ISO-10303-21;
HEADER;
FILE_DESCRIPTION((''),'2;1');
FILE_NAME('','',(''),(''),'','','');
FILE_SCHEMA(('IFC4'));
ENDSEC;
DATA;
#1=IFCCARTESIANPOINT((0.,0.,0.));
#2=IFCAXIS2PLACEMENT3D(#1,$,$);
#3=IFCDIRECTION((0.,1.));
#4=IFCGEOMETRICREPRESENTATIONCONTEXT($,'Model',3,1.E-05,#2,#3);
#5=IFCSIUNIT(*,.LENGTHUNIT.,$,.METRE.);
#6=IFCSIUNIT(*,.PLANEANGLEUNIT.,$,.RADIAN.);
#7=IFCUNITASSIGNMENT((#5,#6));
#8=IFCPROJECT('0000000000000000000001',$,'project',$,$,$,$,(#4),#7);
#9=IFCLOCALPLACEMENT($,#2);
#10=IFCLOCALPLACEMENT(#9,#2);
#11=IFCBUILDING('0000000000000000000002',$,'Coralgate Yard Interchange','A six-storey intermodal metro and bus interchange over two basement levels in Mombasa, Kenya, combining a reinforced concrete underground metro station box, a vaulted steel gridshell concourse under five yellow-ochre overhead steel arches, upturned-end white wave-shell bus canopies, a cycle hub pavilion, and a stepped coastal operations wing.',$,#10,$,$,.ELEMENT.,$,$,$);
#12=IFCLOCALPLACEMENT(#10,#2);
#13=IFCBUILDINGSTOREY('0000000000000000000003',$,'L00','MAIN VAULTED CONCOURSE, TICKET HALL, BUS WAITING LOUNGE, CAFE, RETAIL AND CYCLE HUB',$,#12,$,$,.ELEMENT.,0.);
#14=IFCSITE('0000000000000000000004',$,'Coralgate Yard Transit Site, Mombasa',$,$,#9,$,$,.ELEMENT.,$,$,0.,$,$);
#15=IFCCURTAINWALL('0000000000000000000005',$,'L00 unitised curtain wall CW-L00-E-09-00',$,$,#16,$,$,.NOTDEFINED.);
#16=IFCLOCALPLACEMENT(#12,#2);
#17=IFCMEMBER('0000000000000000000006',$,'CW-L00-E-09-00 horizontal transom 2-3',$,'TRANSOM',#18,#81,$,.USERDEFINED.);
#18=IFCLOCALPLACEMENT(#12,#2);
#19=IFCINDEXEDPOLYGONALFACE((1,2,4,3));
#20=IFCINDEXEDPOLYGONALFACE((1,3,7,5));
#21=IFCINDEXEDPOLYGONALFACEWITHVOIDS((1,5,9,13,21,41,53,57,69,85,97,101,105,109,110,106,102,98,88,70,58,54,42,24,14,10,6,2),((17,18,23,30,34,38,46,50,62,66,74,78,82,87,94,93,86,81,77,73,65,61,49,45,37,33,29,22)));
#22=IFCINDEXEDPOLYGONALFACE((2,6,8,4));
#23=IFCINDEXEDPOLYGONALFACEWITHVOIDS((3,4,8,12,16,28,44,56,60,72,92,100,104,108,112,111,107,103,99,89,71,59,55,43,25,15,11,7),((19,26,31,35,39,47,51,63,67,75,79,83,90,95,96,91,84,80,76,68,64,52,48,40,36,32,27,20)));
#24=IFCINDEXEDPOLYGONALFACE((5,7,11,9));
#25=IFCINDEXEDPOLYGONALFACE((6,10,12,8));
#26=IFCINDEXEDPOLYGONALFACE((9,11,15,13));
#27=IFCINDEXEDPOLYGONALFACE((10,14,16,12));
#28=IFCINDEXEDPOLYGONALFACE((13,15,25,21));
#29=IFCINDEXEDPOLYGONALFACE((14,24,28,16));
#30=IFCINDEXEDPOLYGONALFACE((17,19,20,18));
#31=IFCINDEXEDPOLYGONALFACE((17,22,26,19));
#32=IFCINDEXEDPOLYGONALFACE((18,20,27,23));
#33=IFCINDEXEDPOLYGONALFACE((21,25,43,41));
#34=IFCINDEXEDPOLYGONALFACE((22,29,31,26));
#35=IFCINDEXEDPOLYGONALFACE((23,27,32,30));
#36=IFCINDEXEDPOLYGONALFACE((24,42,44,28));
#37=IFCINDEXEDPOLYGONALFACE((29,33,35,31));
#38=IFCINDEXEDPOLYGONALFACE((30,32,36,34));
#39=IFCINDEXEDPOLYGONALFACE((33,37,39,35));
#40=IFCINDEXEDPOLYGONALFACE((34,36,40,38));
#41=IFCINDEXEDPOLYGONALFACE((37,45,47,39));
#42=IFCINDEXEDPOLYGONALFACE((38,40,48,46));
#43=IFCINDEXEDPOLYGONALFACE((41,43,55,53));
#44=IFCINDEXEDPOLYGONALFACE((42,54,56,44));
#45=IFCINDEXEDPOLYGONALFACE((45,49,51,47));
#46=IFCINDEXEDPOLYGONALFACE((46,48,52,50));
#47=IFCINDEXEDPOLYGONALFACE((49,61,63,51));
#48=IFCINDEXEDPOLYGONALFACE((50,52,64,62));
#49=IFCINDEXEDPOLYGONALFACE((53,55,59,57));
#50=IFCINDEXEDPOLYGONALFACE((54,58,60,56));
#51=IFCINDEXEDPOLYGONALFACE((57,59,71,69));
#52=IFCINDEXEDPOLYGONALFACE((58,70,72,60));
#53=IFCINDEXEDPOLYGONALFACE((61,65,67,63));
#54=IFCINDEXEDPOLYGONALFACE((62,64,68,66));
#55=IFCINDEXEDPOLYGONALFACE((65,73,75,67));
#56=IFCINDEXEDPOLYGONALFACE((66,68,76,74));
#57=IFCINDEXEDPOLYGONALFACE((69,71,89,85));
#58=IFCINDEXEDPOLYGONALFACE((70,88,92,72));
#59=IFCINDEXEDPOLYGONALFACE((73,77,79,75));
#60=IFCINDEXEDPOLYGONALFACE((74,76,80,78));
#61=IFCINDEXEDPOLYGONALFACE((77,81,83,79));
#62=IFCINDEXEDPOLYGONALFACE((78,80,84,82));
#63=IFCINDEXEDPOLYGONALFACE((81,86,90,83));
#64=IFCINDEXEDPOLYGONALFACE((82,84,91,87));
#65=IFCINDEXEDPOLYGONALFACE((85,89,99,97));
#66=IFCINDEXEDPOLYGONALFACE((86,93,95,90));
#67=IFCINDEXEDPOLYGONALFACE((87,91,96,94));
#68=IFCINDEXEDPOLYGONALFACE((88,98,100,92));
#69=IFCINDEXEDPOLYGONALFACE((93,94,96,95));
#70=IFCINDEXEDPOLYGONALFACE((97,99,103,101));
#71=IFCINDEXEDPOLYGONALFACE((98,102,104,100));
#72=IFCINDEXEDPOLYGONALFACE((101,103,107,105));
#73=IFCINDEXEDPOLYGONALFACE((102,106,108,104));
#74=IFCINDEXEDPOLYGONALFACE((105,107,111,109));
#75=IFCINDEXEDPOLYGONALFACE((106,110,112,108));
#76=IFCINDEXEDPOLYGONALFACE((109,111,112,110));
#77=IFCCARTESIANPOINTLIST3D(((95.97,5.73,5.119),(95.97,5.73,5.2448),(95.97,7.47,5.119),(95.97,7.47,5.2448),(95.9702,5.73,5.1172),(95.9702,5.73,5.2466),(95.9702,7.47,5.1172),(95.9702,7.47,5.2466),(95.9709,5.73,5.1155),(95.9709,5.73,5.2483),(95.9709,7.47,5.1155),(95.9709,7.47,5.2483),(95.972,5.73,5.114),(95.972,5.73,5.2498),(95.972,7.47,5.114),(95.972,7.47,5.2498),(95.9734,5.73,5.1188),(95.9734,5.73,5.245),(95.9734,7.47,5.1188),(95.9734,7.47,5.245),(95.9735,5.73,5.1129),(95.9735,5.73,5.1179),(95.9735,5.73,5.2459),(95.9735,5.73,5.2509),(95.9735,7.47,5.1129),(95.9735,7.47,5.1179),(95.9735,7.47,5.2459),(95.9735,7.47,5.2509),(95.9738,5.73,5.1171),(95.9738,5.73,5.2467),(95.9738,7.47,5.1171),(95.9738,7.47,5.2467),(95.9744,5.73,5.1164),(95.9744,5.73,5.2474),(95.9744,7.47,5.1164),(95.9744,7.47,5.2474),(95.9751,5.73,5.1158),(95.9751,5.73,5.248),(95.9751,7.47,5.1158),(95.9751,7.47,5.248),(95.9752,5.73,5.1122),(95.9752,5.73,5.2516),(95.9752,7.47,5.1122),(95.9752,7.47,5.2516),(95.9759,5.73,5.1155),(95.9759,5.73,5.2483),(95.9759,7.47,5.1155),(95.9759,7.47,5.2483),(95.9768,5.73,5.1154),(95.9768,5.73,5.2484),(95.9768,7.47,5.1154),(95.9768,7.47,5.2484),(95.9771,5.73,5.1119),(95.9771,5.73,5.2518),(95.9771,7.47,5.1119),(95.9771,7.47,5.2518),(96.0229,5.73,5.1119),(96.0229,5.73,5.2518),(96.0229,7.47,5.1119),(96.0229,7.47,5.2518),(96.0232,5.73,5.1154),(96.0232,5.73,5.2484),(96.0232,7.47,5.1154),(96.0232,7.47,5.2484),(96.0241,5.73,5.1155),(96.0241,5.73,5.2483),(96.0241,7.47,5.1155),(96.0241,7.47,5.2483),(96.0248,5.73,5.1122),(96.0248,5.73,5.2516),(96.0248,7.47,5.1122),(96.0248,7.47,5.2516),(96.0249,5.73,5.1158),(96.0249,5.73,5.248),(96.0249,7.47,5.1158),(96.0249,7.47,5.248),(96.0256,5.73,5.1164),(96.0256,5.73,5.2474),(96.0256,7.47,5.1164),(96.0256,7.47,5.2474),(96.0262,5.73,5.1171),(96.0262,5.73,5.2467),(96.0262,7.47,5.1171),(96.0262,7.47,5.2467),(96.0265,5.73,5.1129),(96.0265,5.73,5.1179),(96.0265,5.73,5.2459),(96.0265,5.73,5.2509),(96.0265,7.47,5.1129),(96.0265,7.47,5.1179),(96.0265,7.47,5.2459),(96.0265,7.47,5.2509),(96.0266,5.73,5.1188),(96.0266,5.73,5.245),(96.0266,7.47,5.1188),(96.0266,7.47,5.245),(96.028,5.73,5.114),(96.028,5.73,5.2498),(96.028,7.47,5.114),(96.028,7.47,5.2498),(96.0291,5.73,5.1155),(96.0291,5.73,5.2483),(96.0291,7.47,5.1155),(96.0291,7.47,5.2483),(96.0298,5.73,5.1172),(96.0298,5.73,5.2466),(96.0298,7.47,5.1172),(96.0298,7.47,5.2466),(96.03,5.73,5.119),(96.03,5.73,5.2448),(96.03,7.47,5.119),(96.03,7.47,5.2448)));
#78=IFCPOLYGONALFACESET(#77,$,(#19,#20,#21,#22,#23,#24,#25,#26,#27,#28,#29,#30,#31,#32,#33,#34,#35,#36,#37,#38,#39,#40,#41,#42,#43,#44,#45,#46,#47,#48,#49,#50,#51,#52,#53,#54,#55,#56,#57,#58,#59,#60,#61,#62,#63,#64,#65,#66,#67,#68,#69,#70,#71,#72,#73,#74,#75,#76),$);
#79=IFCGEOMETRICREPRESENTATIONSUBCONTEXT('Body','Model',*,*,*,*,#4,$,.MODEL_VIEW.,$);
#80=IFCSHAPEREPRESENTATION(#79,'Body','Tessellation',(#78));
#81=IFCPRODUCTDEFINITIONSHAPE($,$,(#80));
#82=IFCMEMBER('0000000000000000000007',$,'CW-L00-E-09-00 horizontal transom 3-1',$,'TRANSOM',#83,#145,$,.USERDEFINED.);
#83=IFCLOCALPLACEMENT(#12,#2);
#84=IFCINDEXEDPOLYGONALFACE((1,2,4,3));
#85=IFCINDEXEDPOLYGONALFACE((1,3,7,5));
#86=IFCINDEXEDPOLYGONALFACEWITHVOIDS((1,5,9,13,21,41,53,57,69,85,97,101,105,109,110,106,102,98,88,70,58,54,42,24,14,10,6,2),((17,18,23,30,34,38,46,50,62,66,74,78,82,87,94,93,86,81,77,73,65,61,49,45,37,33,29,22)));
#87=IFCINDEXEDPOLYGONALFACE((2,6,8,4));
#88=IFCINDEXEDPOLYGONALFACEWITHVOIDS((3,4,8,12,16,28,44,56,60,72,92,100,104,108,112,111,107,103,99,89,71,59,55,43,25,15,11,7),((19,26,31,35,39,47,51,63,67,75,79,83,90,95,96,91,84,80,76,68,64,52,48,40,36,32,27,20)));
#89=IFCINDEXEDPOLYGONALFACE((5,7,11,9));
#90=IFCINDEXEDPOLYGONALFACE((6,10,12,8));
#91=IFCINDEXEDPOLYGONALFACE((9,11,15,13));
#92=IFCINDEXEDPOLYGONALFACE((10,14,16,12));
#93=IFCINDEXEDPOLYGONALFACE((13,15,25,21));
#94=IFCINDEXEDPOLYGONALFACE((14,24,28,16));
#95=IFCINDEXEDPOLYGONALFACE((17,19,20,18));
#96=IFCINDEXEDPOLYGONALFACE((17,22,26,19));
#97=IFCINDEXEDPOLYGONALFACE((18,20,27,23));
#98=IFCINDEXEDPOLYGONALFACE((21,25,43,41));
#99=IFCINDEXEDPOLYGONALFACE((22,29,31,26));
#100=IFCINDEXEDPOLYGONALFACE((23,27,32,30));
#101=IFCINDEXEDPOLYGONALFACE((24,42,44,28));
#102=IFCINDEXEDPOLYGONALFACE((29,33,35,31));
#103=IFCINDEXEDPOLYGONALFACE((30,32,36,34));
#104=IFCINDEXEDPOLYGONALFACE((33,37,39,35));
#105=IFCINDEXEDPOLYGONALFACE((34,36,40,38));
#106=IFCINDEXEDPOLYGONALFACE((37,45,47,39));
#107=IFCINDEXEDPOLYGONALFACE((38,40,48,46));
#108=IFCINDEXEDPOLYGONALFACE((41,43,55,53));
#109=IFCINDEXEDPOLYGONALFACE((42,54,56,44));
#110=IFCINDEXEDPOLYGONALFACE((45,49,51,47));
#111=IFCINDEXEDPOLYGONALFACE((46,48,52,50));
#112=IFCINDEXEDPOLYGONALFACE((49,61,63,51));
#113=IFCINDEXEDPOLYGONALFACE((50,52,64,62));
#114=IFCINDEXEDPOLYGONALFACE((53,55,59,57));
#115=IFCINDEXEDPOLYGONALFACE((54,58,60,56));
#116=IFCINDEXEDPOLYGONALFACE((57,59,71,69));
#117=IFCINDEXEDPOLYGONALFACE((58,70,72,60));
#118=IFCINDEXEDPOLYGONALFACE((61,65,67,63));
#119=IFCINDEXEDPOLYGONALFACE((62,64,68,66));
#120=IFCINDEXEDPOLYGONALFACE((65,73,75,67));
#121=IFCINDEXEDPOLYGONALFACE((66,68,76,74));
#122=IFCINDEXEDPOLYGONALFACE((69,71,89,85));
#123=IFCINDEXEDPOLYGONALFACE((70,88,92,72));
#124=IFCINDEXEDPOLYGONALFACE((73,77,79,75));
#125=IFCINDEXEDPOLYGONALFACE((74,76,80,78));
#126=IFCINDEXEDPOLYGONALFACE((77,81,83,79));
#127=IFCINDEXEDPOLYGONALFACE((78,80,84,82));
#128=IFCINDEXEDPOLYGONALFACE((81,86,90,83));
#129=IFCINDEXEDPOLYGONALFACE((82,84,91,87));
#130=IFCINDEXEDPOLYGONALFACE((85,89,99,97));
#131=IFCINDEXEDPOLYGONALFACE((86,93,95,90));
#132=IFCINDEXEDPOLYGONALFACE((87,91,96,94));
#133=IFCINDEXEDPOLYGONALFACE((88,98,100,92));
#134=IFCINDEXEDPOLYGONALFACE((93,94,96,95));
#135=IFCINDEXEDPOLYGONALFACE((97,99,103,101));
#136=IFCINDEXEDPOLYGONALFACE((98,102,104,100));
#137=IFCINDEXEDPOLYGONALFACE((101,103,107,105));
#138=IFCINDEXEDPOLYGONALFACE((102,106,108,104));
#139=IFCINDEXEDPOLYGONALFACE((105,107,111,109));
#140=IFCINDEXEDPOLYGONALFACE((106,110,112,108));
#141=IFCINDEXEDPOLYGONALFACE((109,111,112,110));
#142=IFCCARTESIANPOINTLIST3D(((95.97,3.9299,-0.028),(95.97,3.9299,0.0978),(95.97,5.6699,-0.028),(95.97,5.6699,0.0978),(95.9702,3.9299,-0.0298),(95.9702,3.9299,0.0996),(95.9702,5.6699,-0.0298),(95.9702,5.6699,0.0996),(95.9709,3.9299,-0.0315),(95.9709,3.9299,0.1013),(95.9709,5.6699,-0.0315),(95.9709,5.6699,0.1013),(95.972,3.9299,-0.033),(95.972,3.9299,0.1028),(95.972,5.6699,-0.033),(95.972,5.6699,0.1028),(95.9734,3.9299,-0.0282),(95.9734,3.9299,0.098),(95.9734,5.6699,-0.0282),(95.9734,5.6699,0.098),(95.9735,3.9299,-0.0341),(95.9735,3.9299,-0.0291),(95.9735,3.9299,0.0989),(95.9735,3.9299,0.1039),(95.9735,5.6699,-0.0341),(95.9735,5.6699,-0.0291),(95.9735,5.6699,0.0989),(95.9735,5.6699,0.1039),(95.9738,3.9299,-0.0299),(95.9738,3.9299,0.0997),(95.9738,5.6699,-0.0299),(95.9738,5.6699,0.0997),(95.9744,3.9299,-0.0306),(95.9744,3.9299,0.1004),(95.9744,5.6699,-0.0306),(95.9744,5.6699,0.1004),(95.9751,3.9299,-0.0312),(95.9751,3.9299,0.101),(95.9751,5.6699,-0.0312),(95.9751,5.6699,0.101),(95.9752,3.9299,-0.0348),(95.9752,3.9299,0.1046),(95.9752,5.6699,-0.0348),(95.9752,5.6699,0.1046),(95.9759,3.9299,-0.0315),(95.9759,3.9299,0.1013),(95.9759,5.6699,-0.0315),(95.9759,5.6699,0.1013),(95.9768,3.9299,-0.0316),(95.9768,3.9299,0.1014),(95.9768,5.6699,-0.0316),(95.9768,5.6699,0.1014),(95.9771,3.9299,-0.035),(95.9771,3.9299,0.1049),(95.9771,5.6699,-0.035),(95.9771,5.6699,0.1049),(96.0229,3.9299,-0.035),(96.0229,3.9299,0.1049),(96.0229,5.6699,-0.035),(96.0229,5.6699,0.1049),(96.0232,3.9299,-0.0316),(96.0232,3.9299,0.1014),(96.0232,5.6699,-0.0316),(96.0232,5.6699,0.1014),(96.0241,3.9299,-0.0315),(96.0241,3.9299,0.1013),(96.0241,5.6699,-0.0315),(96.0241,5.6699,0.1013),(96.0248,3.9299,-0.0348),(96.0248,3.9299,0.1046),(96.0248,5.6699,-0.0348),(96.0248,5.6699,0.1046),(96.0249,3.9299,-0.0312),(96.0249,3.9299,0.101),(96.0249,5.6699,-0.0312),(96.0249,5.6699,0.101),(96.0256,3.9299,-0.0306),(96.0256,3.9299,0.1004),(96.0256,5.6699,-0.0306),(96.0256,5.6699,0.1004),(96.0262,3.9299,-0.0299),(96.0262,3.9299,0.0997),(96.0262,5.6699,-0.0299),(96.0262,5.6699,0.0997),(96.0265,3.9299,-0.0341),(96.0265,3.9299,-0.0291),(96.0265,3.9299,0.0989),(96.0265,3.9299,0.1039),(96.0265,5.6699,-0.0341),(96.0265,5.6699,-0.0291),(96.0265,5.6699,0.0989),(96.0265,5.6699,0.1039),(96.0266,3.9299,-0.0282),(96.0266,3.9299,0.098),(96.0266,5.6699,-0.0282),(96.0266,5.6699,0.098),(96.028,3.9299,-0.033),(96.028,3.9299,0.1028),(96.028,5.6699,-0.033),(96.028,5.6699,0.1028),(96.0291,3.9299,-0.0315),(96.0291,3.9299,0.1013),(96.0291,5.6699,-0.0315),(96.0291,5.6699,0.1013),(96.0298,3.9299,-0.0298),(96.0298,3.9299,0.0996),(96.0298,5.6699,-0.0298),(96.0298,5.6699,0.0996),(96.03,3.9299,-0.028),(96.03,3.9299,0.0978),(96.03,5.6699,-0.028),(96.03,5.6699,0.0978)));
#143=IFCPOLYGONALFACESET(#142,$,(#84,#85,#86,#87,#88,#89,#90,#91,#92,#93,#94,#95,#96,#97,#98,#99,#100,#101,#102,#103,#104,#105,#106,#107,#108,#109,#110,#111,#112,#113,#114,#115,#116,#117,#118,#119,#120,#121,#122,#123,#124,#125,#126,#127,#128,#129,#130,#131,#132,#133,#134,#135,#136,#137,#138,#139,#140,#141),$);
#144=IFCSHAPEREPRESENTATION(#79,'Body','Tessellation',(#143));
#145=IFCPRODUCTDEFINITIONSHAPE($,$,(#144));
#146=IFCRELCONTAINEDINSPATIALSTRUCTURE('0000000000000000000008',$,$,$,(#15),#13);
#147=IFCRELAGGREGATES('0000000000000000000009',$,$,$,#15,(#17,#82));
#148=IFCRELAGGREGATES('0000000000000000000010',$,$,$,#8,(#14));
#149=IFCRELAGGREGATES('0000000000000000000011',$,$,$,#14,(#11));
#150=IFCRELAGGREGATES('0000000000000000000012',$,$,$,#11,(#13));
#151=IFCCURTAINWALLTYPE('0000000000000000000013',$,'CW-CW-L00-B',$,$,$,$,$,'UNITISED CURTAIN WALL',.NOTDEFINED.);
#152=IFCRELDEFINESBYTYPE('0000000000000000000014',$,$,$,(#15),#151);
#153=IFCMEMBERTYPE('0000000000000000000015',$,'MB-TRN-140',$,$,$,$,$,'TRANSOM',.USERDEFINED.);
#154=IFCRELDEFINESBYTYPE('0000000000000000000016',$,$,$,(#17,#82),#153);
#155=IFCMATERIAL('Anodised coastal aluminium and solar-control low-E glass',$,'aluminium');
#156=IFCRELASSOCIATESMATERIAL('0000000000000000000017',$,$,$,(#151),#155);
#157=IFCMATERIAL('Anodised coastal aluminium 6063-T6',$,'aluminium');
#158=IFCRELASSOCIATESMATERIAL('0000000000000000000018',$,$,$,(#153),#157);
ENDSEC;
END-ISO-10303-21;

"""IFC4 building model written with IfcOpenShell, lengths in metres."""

from ifc_helpers import new_model, si_unit, direction, frame, origin, origin_2d, place, context, subcontext, project, spatial, hollow_rectangle, extrude, material, material_profile, profile_set, type_object, element, aggregate, save


model = new_model("IFC4")

# Units and contexts
model_context = context("Model", 3, precision=1e-05, world=origin(), true_north=direction((0.0, 1.0)))
body_context = subcontext(model_context, "Body", "Model", "MODEL_VIEW")
ifc_project = project(units=[si_unit("LENGTHUNIT", "METRE"), si_unit("PLANEANGLEUNIT", "RADIAN")], contexts=[model_context])

# Site, building, storey
site_placement = place(None, origin())
site = spatial("IfcSite", under=ifc_project, at=site_placement, Name="Coralgate Yard Transit Site, Mombasa", CompositionType="ELEMENT", RefElevation=0.0)
building_placement = place(site_placement, origin())
building = spatial("IfcBuilding", under=site, at=building_placement, Name="Coralgate Yard Interchange", Description="A six-storey intermodal metro and bus interchange over two basement levels in Mombasa, Kenya, combining a reinforced concrete underground metro station box, a vaulted steel gridshell concourse under five yellow-ochre overhead steel arches, upturned-end white wave-shell bus canopies, a cycle hub pavilion, and a stepped coastal operations wing.", CompositionType="ELEMENT")
storey_placement = place(building_placement, origin())
storey = spatial("IfcBuildingStorey", under=building, at=storey_placement, Name="L00", Description="MAIN VAULTED CONCOURSE, TICKET HALL, BUS WAITING LOUNGE, CAFE, RETAIL AND CYCLE HUB", CompositionType="ELEMENT", Elevation=0.0)

# Curtain wall, members
ifc_material_1 = material(Name="Anodised coastal aluminium and solar-control low-E glass", Category="aluminium")
curtain_wall_type = type_object("IfcCurtainWallType", Name="CW-CW-L00-B", ElementType="UNITISED CURTAIN WALL", PredefinedType="NOTDEFINED", material=ifc_material_1)
curtain_wall_placement = place(storey_placement, origin())
curtain_wall = element("IfcCurtainWall", 1, at=curtain_wall_placement, inside=storey, type_object=curtain_wall_type, Name="L00 unitised curtain wall CW-L00-E-09-00", PredefinedType="NOTDEFINED")
ifc_material_2 = material(Name="Anodised coastal aluminium 6063-T6", Category="aluminium")
ifc_material_profile_1 = material_profile(ifc_material_2, hollow_rectangle(XDim=0.0601, YDim=0.1399, WallThickness=0.0034, InnerFilletRadius=0.0034, OuterFilletRadius=0.0071, at=origin_2d()), Name="ALU 60x140x3.5")
ifc_profile_set_1 = profile_set([ifc_material_profile_1], Name="Anodised coastal aluminium 6063-T6")
member_type_1 = type_object("IfcMemberType", Name="MB-TRN-140", ElementType="TRANSOM", PredefinedType="USERDEFINED", material=ifc_profile_set_1)
member_1_placement = place(storey_placement, frame((96.0, 7.47, 5.1819), z_axis=(0.0, -1.0, 0.0), x_axis=(1.0, 0.0, 0.0)))
member_1 = element("IfcMember", 2, at=member_1_placement, type_object=member_type_1, Name="CW-L00-E-09-00 horizontal transom 2-3", ObjectType="TRANSOM", PredefinedType="USERDEFINED", context=body_context, shape_type="SweptSolid", body=[
    extrude(hollow_rectangle(XDim=0.0601, YDim=0.1399, WallThickness=0.0034, InnerFilletRadius=0.0034, OuterFilletRadius=0.0071, at=origin_2d()), origin(), (0.0, 0.0, 1.0), 1.74),
])
member_2_placement = place(storey_placement, frame((96.0, 5.6699, 0.0349), z_axis=(0.0, -1.0, 0.0), x_axis=(1.0, 0.0, 0.0)))
member_2 = element("IfcMember", 3, at=member_2_placement, type_object=member_type_1, Name="CW-L00-E-09-00 horizontal transom 3-1", ObjectType="TRANSOM", PredefinedType="USERDEFINED", context=body_context, shape_type="SweptSolid", body=[
    extrude(hollow_rectangle(XDim=0.0601, YDim=0.1399, WallThickness=0.0034, InnerFilletRadius=0.0034, OuterFilletRadius=0.0071, at=origin_2d()), origin(), (0.0, 0.0, 1.0), 1.74),
])
aggregate(curtain_wall, [member_1, member_2])

save(model, "model.ifc")
